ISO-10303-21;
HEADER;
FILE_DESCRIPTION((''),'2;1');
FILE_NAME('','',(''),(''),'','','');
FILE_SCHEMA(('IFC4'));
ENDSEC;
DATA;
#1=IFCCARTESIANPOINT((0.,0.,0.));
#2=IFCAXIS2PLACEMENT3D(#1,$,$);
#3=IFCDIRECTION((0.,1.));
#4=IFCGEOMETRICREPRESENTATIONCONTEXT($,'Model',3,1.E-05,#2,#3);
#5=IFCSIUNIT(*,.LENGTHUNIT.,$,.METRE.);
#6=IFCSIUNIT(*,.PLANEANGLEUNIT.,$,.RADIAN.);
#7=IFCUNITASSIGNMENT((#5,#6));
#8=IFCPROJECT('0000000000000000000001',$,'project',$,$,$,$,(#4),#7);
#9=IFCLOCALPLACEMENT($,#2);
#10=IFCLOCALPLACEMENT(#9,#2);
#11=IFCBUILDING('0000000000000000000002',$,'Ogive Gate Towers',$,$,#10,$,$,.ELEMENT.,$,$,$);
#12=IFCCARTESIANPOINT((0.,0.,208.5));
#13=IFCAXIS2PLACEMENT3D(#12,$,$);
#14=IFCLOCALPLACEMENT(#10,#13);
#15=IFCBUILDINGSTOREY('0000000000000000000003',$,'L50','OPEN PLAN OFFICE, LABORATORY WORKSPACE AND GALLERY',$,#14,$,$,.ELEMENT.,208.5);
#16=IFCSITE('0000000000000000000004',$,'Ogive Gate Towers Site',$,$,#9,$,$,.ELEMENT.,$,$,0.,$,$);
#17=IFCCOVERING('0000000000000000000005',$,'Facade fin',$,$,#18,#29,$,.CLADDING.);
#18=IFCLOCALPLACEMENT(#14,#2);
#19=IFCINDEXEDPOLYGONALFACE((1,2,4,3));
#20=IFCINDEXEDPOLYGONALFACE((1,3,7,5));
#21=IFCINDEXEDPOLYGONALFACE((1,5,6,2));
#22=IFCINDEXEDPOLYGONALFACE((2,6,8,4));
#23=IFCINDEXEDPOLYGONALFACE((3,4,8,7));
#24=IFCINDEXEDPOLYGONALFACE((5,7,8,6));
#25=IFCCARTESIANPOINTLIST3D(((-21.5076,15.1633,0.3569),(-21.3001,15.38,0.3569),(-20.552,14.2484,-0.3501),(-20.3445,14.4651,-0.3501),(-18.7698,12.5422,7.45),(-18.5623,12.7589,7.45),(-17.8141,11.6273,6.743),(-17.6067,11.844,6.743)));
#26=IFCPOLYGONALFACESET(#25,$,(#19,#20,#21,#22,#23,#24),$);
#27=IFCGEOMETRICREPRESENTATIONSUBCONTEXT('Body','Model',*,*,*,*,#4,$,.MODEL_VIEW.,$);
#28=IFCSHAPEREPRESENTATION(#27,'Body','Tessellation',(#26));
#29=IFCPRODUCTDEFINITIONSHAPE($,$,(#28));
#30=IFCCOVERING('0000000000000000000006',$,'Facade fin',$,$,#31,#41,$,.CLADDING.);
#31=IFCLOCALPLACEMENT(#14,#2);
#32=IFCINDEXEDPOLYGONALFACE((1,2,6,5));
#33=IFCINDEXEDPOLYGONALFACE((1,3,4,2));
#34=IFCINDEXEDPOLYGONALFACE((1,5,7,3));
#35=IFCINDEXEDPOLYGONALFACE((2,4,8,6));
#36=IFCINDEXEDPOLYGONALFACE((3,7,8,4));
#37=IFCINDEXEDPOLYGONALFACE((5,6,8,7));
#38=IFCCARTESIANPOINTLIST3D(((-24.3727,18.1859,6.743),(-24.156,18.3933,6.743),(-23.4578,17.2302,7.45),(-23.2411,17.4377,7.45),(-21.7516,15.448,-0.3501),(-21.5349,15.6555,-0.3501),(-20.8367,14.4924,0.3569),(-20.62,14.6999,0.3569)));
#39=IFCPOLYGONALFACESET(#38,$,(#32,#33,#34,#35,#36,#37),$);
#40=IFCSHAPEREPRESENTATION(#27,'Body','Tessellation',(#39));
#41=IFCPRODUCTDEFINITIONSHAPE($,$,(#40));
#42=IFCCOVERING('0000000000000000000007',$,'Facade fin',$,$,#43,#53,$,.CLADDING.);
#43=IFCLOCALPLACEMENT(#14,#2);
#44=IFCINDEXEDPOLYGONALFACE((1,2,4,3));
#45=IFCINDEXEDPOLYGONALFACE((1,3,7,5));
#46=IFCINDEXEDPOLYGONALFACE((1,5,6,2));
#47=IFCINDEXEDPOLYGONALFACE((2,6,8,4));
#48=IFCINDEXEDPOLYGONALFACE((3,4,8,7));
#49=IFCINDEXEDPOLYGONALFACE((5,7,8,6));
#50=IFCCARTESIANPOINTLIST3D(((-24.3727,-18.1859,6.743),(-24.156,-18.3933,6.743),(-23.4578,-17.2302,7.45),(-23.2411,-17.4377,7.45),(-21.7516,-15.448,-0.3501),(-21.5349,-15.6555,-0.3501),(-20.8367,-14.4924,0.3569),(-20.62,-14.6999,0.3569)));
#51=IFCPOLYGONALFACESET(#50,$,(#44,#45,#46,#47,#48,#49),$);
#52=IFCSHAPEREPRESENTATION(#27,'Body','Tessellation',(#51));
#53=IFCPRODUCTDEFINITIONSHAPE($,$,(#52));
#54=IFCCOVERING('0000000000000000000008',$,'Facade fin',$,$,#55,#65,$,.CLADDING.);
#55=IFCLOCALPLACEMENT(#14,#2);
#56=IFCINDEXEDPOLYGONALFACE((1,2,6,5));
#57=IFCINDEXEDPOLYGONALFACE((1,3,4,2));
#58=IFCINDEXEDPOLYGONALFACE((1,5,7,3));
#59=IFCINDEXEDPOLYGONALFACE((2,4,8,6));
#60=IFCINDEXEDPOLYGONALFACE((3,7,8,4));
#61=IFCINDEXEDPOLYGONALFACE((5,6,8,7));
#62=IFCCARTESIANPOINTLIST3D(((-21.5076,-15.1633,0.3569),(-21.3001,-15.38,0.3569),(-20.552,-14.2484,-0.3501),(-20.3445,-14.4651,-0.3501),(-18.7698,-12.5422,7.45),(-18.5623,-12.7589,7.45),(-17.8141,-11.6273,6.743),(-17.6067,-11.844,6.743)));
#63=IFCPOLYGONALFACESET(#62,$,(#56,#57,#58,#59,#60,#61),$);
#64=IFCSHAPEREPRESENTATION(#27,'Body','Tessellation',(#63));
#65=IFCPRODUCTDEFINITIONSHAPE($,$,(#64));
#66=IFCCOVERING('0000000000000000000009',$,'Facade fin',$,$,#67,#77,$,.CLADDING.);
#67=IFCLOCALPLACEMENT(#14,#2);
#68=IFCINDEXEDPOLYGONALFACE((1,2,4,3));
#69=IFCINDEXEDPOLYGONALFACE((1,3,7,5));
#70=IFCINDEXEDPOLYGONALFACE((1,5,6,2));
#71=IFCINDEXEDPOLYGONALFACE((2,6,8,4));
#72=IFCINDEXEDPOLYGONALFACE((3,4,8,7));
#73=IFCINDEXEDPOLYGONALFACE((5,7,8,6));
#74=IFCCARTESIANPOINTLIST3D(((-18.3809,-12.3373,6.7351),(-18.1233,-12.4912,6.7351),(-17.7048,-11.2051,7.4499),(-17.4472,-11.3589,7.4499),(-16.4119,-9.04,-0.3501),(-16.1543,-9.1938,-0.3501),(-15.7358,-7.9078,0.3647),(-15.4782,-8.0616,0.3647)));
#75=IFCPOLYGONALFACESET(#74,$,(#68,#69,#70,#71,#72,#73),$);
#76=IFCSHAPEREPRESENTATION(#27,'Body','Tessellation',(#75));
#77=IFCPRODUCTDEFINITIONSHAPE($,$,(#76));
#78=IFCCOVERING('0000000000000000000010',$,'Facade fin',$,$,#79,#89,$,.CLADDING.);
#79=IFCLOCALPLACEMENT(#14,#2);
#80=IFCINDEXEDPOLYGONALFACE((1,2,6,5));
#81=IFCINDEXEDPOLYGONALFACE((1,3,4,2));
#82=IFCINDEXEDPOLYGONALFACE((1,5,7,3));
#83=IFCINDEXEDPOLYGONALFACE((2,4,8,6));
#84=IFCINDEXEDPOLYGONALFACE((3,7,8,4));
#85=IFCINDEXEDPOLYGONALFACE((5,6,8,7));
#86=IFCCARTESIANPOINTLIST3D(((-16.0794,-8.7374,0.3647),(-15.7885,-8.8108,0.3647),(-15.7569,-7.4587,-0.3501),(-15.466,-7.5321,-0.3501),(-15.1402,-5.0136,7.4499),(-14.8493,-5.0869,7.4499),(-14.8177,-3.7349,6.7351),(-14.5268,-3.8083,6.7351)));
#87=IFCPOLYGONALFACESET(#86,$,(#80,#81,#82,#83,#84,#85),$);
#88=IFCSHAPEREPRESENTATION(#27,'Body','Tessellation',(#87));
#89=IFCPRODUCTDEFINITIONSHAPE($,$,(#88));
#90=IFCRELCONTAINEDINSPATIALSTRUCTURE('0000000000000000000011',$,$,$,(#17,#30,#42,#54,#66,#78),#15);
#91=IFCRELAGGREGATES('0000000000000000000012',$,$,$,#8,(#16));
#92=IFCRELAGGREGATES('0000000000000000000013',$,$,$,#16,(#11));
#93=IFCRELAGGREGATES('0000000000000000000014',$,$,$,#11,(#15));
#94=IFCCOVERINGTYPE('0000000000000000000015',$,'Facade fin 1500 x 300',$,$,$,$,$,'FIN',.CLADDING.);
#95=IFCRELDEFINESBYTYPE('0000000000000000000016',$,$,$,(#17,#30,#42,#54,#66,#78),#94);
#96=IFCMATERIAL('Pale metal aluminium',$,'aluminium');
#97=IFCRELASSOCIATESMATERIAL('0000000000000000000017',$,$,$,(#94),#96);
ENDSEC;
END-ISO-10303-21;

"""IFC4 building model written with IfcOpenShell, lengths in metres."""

from ifc_helpers import new_model, si_unit, direction, frame, origin, origin_2d, place, context, subcontext, project, spatial, rectangle, extrude, material, material_profile, profile_set, type_object, element, save


model = new_model("IFC4")

# Units and contexts
model_context = context("Model", 3, precision=1e-05, world=origin(), true_north=direction((0.0, 1.0)))
body_context = subcontext(model_context, "Body", "Model", "MODEL_VIEW")
ifc_project = project(units=[si_unit("LENGTHUNIT", "METRE"), si_unit("PLANEANGLEUNIT", "RADIAN")], contexts=[model_context])

# Site, building, storey
site_placement = place(None, origin())
site = spatial("IfcSite", under=ifc_project, at=site_placement, Name="Ogive Gate Towers Site", CompositionType="ELEMENT", RefElevation=0.0)
building_placement = place(site_placement, origin())
building = spatial("IfcBuilding", under=site, at=building_placement, Name="Ogive Gate Towers", CompositionType="ELEMENT")
storey_placement = place(building_placement, frame((0.0, 0.0, 208.5)))
storey = spatial("IfcBuildingStorey", under=building, at=storey_placement, Name="L50", Description="OPEN PLAN OFFICE, LABORATORY WORKSPACE AND GALLERY", CompositionType="ELEMENT", Elevation=208.5)

# Shared definitions
ifc_material_1 = material(Name="Pale metal aluminium", Category="aluminium")

# Coverings
ifc_material_profile_1 = material_profile(ifc_material_1, rectangle(XDim=0.3, YDim=1.5, at=origin_2d()), Name="1500 x 300 pale metal aluminium")
ifc_profile_set_1 = profile_set([ifc_material_profile_1], Name="Pale metal aluminium")
covering_type = type_object("IfcCoveringType", Name="Facade fin 1500 x 300", ElementType="FIN", PredefinedType="CLADDING", material=ifc_profile_set_1)
for number, where, z_axis, x_axis, name in (
    (1, (-20.926, 14.8142, 0.0034), (0.34043, -0.325919, 0.881978), (0.691544, 0.722334, 0.0), "Facade fin"),
    (2, (-21.1858, 15.074, 0.0034), (-0.325919, 0.34043, 0.881978), (-0.722334, -0.691544, 0.0), "Facade fin"),
    (3, (-21.1858, -15.074, 0.0034), (-0.325919, -0.34043, 0.881978), (0.722334, -0.691544, 0.0), "Facade fin"),
    (4, (-20.926, -14.8142, 0.0034), (0.34043, 0.325919, 0.881978), (-0.691544, 0.722334, 0.0), "Facade fin"),
):
    element("IfcCovering", number, at=place(storey_placement, frame(where, z_axis=z_axis, x_axis=x_axis)), inside=storey, type_object=covering_type, Name=name, PredefinedType="CLADDING", context=body_context, shape_type="SweptSolid", body=[
        extrude(rectangle(XDim=0.3, YDim=1.5, at=origin_2d()), origin(), (0.0, 0.0, 1.0), 8.0422),
    ])
for number, where, z_axis, x_axis, name in (
    (5, (-15.9451, -8.5508, 0.0073), (-0.244318, -0.409146, 0.879152), (0.858574, -0.51269, 0.0), "Facade fin"),
    (6, (-15.7727, -8.1348, 0.0073), (0.11654, 0.46207, 0.879153), (-0.969636, 0.244554, 0.0), "Facade fin"),
):
    element("IfcCovering", number, at=place(storey_placement, frame(where, z_axis=z_axis, x_axis=x_axis)), inside=storey, type_object=covering_type, Name=name, PredefinedType="CLADDING", context=body_context, shape_type="SweptSolid", body=[
        extrude(rectangle(XDim=0.3, YDim=1.5, at=origin_2d()), origin(), (0.0, 0.0, 1.0), 8.0591),
    ])

save(model, "model.ifc")
